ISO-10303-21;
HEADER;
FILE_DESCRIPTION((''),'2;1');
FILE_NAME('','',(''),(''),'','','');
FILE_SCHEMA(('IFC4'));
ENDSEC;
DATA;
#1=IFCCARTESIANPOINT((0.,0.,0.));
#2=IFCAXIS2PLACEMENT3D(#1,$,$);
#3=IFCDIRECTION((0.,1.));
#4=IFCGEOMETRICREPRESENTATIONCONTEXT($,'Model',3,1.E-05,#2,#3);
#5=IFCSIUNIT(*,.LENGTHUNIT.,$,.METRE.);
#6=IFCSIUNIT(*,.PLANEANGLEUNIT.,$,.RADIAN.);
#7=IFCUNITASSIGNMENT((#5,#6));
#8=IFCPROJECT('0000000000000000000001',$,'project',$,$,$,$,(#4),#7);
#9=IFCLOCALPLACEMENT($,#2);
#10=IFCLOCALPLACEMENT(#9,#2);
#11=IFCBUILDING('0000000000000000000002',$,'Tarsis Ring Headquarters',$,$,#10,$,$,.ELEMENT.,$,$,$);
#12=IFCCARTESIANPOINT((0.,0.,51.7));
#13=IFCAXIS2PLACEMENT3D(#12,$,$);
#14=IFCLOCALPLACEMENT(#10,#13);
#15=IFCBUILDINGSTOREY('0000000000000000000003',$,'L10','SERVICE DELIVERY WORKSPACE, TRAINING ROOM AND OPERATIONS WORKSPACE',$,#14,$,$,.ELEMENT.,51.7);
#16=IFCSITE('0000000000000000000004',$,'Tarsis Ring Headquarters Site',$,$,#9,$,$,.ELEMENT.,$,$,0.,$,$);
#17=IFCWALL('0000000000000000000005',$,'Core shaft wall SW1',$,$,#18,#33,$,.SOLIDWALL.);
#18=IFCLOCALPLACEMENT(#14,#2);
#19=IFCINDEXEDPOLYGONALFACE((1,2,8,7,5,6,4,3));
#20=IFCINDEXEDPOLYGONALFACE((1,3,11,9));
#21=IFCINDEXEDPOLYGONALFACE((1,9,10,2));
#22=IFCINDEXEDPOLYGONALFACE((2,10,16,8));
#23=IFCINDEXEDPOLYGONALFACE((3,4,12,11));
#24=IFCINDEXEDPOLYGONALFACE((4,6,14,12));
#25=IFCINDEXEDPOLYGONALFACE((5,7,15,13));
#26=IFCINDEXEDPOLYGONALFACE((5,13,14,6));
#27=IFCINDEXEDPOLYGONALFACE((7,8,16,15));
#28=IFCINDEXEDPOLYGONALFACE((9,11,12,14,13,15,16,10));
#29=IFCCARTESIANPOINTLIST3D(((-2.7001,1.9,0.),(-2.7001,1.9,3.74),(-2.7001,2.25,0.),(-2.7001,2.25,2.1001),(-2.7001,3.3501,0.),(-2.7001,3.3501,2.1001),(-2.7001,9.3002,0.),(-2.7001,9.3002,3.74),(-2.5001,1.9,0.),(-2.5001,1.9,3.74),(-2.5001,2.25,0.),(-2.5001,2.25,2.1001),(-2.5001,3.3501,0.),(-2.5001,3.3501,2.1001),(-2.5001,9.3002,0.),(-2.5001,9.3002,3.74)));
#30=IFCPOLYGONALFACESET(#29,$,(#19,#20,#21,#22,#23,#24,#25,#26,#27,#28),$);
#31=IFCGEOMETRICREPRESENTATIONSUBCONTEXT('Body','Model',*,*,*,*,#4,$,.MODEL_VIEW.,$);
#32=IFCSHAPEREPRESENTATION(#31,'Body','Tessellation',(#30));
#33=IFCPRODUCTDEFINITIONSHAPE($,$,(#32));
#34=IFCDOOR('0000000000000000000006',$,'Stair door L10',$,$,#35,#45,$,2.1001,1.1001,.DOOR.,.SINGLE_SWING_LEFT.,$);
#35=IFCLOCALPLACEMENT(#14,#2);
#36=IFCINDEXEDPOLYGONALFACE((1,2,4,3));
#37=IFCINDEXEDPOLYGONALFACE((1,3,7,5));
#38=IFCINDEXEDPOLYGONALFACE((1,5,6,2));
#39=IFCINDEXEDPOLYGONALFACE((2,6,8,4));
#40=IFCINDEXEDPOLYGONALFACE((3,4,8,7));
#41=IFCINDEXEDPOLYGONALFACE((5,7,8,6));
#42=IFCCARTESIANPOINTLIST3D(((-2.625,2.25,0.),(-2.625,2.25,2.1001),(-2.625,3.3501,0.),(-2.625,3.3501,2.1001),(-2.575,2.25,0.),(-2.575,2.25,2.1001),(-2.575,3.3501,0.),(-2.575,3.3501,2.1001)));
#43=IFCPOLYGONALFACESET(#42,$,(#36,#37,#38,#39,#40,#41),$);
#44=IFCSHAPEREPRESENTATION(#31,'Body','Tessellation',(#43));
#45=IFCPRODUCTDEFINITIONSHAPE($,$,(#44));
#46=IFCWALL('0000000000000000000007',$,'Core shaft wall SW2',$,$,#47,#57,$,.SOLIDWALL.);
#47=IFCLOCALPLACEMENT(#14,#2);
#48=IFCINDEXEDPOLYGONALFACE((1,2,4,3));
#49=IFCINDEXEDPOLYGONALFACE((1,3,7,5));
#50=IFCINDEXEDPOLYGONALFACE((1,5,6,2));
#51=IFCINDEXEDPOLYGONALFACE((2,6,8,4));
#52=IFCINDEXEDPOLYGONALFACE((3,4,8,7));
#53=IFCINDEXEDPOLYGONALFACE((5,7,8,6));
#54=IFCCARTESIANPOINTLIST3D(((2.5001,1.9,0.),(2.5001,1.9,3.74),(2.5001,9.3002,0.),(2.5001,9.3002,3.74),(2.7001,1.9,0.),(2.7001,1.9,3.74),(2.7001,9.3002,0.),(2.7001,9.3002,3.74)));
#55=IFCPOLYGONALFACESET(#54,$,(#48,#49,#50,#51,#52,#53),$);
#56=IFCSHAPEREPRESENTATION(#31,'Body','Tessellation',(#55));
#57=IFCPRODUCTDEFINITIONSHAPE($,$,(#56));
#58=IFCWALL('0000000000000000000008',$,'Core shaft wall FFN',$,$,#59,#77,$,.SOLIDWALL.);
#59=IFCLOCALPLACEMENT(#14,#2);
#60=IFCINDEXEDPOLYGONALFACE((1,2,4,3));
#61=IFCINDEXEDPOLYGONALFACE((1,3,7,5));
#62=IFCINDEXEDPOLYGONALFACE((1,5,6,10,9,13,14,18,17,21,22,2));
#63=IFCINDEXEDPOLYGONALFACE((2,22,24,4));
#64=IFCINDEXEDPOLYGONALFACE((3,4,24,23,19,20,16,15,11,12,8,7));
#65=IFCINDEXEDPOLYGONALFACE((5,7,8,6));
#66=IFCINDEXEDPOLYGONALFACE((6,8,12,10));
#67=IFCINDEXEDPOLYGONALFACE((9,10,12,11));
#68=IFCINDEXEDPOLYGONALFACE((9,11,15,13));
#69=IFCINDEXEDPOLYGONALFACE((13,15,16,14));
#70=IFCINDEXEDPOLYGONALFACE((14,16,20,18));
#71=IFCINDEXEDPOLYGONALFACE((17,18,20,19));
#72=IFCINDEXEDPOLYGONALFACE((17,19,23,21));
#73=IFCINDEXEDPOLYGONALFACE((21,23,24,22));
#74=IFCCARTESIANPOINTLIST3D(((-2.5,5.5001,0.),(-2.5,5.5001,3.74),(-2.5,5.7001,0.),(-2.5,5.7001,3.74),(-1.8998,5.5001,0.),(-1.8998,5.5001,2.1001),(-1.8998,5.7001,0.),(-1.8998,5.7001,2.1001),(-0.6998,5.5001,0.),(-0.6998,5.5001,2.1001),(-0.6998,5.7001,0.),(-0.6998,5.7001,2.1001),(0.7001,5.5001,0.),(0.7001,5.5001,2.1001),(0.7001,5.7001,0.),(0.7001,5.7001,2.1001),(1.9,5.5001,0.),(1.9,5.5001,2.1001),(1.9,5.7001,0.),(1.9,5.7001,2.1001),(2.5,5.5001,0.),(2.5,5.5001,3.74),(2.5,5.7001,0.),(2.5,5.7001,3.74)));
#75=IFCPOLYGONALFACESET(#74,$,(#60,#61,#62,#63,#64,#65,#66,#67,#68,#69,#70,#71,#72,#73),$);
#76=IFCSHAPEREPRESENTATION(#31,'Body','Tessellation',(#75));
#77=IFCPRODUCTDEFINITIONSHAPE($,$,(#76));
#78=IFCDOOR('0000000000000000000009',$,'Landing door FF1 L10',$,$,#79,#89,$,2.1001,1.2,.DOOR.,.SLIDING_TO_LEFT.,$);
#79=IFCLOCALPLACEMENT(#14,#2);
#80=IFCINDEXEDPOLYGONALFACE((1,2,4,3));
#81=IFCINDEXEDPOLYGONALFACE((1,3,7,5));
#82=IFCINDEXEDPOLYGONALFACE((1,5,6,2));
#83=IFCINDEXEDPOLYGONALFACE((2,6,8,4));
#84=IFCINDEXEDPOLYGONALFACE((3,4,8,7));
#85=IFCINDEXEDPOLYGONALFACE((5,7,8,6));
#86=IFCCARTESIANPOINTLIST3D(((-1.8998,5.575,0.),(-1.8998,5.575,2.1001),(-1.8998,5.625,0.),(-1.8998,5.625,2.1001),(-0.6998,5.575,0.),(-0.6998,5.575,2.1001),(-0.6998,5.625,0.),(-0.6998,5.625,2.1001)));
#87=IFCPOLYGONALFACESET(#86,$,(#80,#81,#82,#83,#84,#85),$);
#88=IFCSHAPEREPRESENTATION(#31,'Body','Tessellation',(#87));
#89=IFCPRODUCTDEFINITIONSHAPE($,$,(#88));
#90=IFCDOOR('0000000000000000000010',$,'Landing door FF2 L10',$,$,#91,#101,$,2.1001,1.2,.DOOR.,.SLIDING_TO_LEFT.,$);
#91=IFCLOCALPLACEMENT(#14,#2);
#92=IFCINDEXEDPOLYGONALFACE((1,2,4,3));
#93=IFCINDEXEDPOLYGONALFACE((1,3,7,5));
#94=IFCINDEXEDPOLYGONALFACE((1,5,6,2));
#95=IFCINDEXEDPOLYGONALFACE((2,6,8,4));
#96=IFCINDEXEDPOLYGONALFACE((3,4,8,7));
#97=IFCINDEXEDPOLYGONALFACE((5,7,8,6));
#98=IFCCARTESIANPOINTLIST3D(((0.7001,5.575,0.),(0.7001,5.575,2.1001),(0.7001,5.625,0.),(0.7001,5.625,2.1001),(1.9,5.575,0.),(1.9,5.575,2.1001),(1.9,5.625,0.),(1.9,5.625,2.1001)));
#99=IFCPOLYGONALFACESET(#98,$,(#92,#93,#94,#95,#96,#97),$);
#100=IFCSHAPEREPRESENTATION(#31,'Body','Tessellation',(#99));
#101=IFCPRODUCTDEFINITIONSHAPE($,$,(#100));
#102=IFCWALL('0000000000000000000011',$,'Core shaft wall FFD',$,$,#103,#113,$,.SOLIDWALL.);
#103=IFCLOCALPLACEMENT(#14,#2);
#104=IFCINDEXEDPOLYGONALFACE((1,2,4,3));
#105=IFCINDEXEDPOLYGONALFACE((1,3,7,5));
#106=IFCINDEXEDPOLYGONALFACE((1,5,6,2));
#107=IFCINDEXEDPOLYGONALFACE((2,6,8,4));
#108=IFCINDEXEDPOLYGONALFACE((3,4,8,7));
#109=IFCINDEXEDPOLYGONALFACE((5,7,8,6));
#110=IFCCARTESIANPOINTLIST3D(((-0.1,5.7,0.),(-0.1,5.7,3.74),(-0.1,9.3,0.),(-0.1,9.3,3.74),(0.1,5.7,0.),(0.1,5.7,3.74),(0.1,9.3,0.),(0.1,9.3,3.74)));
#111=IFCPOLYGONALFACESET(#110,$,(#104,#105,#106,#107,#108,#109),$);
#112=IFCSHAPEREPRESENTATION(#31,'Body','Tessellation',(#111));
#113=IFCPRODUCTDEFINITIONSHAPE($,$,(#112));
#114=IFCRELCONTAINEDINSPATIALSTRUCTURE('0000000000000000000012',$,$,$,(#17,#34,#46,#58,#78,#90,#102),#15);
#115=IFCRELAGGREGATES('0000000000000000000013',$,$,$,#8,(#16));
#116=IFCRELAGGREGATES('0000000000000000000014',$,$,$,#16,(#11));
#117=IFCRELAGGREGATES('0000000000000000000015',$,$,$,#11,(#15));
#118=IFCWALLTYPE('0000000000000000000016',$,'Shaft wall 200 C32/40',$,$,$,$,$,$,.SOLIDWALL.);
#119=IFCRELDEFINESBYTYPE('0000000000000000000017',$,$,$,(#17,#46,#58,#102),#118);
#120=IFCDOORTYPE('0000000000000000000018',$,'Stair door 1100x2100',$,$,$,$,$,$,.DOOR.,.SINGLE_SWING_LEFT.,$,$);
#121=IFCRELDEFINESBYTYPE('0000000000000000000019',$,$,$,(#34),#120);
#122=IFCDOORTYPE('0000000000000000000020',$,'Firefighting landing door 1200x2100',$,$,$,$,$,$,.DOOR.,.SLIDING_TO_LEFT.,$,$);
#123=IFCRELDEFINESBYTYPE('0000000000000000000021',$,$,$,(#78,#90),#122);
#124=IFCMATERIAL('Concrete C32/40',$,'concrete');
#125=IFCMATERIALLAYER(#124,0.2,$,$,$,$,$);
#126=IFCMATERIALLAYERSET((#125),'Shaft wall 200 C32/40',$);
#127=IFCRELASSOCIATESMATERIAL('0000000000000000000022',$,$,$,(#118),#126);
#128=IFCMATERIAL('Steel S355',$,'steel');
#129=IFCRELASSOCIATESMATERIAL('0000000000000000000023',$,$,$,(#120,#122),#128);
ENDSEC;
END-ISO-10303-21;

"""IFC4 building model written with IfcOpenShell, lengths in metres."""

from ifc_helpers import new_model, si_unit, direction, frame, frame_2d, origin, place, context, subcontext, project, spatial, rectangle, extrude, material, layer, layer_set, type_object, element, fill, save


model = new_model("IFC4")

# Units and contexts
model_context = context("Model", 3, precision=1e-05, world=origin(), true_north=direction((0.0, 1.0)))
body_context = subcontext(model_context, "Body", "Model", "MODEL_VIEW")
ifc_project = project(units=[si_unit("LENGTHUNIT", "METRE"), si_unit("PLANEANGLEUNIT", "RADIAN")], contexts=[model_context])

# Site, building, storey
site_placement = place(None, origin())
site = spatial("IfcSite", under=ifc_project, at=site_placement, Name="Tarsis Ring Headquarters Site", CompositionType="ELEMENT", RefElevation=0.0)
building_placement = place(site_placement, origin())
building = spatial("IfcBuilding", under=site, at=building_placement, Name="Tarsis Ring Headquarters", CompositionType="ELEMENT")
storey_placement = place(building_placement, frame((0.0, 0.0, 51.7)))
storey = spatial("IfcBuildingStorey", under=building, at=storey_placement, Name="L10", Description="SERVICE DELIVERY WORKSPACE, TRAINING ROOM AND OPERATIONS WORKSPACE", CompositionType="ELEMENT", Elevation=51.7)

# Shared definitions
ifc_material_1 = material(Name="Concrete C32/40", Category="concrete")
ifc_layer_1 = layer(ifc_material_1, 0.2)
ifc_layer_set_1 = layer_set([ifc_layer_1], Name="Shaft wall 200 C32/40")
wall_type = type_object("IfcWallType", Name="Shaft wall 200 C32/40", PredefinedType="SOLIDWALL", material=ifc_layer_set_1)

# Wall, opening, door
wall_1_placement = place(storey_placement, frame((-2.6001, 1.8999, 0.0), z_axis=(0.0, 0.0, 1.0), x_axis=(0.0, 1.0, 0.0)))
wall_1 = element("IfcWall", 1, at=wall_1_placement, inside=storey, type_object=wall_type, Name="Core shaft wall SW1", PredefinedType="SOLIDWALL", context=body_context, shape_type="SweptSolid", body=[
    extrude(rectangle(XDim=7.4001, YDim=0.2, at=frame_2d((3.7002, 0.0))), origin(), (0.0, 0.0, 1.0), 3.74),
])
opening_1_placement = place(wall_1_placement, frame((0.3501, 0.0, 0.0)))
opening_1 = element("IfcOpeningElement", 2, at=opening_1_placement, cuts=wall_1, PredefinedType="OPENING", context=body_context, shape_type="SweptSolid", body=[
    extrude(rectangle(XDim=1.1001, YDim=2.1001, at=frame_2d((0.55, 1.05))), frame((0.0, 0.1099, 0.0), z_axis=(0.0, -1.0, 0.0), x_axis=(1.0, 0.0, 0.0)), (0.0, 0.0, 1.0), 0.22),
])
ifc_material_2 = material(Name="Steel S355", Category="steel")
door_type_1 = type_object("IfcDoorType", Name="Stair door 1100x2100", OperationType="SINGLE_SWING_LEFT", PredefinedType="DOOR", material=ifc_material_2)
door_1_placement = place(opening_1_placement, origin())
door_1 = element("IfcDoor", 3, at=door_1_placement, inside=storey, type_object=door_type_1, Name="Stair door L10", OperationType="SINGLE_SWING_LEFT", OverallHeight=2.1001, OverallWidth=1.1001, PredefinedType="DOOR", context=body_context, shape_type="SweptSolid", body=[
    extrude(rectangle(XDim=1.1001, YDim=2.1001, at=frame_2d((0.55, 1.05))), frame((0.0, 0.0249, 0.0), z_axis=(0.0, -1.0, 0.0), x_axis=(1.0, 0.0, 0.0)), (0.0, 0.0, 1.0), 0.05),
])
fill(opening_1, door_1)

# Wall
wall_2_placement = place(storey_placement, frame((2.6001, 1.8999, 0.0), z_axis=(0.0, 0.0, 1.0), x_axis=(0.0, 1.0, 0.0)))
element("IfcWall", 4, at=wall_2_placement, inside=storey, type_object=wall_type, Name="Core shaft wall SW2", PredefinedType="SOLIDWALL", context=body_context, shape_type="SweptSolid", body=[
    extrude(rectangle(XDim=7.4001, YDim=0.2, at=frame_2d((3.7002, 0.0))), origin(), (0.0, 0.0, 1.0), 3.74),
])

# Wall, openings, doors
wall_3_placement = place(storey_placement, frame((-2.5, 5.6001, 0.0), z_axis=(0.0, 0.0, 1.0), x_axis=(1.0, 0.0, 0.0)))
wall_3 = element("IfcWall", 5, at=wall_3_placement, inside=storey, type_object=wall_type, Name="Core shaft wall FFN", PredefinedType="SOLIDWALL", context=body_context, shape_type="SweptSolid", body=[
    extrude(rectangle(XDim=5.0, YDim=0.2, at=frame_2d((2.5, 0.0))), origin(), (0.0, 0.0, 1.0), 3.74),
])
opening_2_placement = place(wall_3_placement, frame((0.6001, 0.0, 0.0)))
opening_2 = element("IfcOpeningElement", 6, at=opening_2_placement, cuts=wall_3, PredefinedType="OPENING", context=body_context, shape_type="SweptSolid", body=[
    extrude(rectangle(XDim=1.2, YDim=2.1001, at=frame_2d((0.6001, 1.05))), frame((0.0, 0.1099, 0.0), z_axis=(0.0, -1.0, 0.0), x_axis=(1.0, 0.0, 0.0)), (0.0, 0.0, 1.0), 0.22),
])
opening_3_placement = place(wall_3_placement, frame((3.2, 0.0, 0.0)))
opening_3 = element("IfcOpeningElement", 7, at=opening_3_placement, cuts=wall_3, PredefinedType="OPENING", context=body_context, shape_type="SweptSolid", body=[
    extrude(rectangle(XDim=1.2, YDim=2.1001, at=frame_2d((0.6001, 1.05))), frame((0.0, 0.1099, 0.0), z_axis=(0.0, -1.0, 0.0), x_axis=(1.0, 0.0, 0.0)), (0.0, 0.0, 1.0), 0.22),
])
door_type_2 = type_object("IfcDoorType", Name="Firefighting landing door 1200x2100", OperationType="SLIDING_TO_LEFT", PredefinedType="DOOR", material=ifc_material_2)
door_2_placement = place(opening_2_placement, origin())
door_2 = element("IfcDoor", 8, at=door_2_placement, inside=storey, type_object=door_type_2, Name="Landing door FF1 L10", OperationType="SLIDING_TO_LEFT", OverallHeight=2.1001, OverallWidth=1.2, PredefinedType="DOOR", context=body_context, shape_type="SweptSolid", body=[
    extrude(rectangle(XDim=1.2, YDim=2.1001, at=frame_2d((0.6001, 1.05))), frame((0.0, 0.0249, 0.0), z_axis=(0.0, -1.0, 0.0), x_axis=(1.0, 0.0, 0.0)), (0.0, 0.0, 1.0), 0.05),
])
fill(opening_2, door_2)
door_3_placement = place(opening_3_placement, origin())
door_3 = element("IfcDoor", 9, at=door_3_placement, inside=storey, type_object=door_type_2, Name="Landing door FF2 L10", OperationType="SLIDING_TO_LEFT", OverallHeight=2.1001, OverallWidth=1.2, PredefinedType="DOOR", context=body_context, shape_type="SweptSolid", body=[
    extrude(rectangle(XDim=1.2, YDim=2.1001, at=frame_2d((0.6001, 1.05))), frame((0.0, 0.0249, 0.0), z_axis=(0.0, -1.0, 0.0), x_axis=(1.0, 0.0, 0.0)), (0.0, 0.0, 1.0), 0.05),
])
fill(opening_3, door_3)

# Wall
wall_4_placement = place(storey_placement, frame((0.0, 5.7, 0.0), z_axis=(0.0, 0.0, 1.0), x_axis=(0.0, 1.0, 0.0)))
element("IfcWall", 10, at=wall_4_placement, inside=storey, type_object=wall_type, Name="Core shaft wall FFD", PredefinedType="SOLIDWALL", context=body_context, shape_type="SweptSolid", body=[
    extrude(rectangle(XDim=3.6001, YDim=0.2, at=frame_2d((1.8, 0.0))), origin(), (0.0, 0.0, 1.0), 3.74),
])

save(model, "model.ifc")
